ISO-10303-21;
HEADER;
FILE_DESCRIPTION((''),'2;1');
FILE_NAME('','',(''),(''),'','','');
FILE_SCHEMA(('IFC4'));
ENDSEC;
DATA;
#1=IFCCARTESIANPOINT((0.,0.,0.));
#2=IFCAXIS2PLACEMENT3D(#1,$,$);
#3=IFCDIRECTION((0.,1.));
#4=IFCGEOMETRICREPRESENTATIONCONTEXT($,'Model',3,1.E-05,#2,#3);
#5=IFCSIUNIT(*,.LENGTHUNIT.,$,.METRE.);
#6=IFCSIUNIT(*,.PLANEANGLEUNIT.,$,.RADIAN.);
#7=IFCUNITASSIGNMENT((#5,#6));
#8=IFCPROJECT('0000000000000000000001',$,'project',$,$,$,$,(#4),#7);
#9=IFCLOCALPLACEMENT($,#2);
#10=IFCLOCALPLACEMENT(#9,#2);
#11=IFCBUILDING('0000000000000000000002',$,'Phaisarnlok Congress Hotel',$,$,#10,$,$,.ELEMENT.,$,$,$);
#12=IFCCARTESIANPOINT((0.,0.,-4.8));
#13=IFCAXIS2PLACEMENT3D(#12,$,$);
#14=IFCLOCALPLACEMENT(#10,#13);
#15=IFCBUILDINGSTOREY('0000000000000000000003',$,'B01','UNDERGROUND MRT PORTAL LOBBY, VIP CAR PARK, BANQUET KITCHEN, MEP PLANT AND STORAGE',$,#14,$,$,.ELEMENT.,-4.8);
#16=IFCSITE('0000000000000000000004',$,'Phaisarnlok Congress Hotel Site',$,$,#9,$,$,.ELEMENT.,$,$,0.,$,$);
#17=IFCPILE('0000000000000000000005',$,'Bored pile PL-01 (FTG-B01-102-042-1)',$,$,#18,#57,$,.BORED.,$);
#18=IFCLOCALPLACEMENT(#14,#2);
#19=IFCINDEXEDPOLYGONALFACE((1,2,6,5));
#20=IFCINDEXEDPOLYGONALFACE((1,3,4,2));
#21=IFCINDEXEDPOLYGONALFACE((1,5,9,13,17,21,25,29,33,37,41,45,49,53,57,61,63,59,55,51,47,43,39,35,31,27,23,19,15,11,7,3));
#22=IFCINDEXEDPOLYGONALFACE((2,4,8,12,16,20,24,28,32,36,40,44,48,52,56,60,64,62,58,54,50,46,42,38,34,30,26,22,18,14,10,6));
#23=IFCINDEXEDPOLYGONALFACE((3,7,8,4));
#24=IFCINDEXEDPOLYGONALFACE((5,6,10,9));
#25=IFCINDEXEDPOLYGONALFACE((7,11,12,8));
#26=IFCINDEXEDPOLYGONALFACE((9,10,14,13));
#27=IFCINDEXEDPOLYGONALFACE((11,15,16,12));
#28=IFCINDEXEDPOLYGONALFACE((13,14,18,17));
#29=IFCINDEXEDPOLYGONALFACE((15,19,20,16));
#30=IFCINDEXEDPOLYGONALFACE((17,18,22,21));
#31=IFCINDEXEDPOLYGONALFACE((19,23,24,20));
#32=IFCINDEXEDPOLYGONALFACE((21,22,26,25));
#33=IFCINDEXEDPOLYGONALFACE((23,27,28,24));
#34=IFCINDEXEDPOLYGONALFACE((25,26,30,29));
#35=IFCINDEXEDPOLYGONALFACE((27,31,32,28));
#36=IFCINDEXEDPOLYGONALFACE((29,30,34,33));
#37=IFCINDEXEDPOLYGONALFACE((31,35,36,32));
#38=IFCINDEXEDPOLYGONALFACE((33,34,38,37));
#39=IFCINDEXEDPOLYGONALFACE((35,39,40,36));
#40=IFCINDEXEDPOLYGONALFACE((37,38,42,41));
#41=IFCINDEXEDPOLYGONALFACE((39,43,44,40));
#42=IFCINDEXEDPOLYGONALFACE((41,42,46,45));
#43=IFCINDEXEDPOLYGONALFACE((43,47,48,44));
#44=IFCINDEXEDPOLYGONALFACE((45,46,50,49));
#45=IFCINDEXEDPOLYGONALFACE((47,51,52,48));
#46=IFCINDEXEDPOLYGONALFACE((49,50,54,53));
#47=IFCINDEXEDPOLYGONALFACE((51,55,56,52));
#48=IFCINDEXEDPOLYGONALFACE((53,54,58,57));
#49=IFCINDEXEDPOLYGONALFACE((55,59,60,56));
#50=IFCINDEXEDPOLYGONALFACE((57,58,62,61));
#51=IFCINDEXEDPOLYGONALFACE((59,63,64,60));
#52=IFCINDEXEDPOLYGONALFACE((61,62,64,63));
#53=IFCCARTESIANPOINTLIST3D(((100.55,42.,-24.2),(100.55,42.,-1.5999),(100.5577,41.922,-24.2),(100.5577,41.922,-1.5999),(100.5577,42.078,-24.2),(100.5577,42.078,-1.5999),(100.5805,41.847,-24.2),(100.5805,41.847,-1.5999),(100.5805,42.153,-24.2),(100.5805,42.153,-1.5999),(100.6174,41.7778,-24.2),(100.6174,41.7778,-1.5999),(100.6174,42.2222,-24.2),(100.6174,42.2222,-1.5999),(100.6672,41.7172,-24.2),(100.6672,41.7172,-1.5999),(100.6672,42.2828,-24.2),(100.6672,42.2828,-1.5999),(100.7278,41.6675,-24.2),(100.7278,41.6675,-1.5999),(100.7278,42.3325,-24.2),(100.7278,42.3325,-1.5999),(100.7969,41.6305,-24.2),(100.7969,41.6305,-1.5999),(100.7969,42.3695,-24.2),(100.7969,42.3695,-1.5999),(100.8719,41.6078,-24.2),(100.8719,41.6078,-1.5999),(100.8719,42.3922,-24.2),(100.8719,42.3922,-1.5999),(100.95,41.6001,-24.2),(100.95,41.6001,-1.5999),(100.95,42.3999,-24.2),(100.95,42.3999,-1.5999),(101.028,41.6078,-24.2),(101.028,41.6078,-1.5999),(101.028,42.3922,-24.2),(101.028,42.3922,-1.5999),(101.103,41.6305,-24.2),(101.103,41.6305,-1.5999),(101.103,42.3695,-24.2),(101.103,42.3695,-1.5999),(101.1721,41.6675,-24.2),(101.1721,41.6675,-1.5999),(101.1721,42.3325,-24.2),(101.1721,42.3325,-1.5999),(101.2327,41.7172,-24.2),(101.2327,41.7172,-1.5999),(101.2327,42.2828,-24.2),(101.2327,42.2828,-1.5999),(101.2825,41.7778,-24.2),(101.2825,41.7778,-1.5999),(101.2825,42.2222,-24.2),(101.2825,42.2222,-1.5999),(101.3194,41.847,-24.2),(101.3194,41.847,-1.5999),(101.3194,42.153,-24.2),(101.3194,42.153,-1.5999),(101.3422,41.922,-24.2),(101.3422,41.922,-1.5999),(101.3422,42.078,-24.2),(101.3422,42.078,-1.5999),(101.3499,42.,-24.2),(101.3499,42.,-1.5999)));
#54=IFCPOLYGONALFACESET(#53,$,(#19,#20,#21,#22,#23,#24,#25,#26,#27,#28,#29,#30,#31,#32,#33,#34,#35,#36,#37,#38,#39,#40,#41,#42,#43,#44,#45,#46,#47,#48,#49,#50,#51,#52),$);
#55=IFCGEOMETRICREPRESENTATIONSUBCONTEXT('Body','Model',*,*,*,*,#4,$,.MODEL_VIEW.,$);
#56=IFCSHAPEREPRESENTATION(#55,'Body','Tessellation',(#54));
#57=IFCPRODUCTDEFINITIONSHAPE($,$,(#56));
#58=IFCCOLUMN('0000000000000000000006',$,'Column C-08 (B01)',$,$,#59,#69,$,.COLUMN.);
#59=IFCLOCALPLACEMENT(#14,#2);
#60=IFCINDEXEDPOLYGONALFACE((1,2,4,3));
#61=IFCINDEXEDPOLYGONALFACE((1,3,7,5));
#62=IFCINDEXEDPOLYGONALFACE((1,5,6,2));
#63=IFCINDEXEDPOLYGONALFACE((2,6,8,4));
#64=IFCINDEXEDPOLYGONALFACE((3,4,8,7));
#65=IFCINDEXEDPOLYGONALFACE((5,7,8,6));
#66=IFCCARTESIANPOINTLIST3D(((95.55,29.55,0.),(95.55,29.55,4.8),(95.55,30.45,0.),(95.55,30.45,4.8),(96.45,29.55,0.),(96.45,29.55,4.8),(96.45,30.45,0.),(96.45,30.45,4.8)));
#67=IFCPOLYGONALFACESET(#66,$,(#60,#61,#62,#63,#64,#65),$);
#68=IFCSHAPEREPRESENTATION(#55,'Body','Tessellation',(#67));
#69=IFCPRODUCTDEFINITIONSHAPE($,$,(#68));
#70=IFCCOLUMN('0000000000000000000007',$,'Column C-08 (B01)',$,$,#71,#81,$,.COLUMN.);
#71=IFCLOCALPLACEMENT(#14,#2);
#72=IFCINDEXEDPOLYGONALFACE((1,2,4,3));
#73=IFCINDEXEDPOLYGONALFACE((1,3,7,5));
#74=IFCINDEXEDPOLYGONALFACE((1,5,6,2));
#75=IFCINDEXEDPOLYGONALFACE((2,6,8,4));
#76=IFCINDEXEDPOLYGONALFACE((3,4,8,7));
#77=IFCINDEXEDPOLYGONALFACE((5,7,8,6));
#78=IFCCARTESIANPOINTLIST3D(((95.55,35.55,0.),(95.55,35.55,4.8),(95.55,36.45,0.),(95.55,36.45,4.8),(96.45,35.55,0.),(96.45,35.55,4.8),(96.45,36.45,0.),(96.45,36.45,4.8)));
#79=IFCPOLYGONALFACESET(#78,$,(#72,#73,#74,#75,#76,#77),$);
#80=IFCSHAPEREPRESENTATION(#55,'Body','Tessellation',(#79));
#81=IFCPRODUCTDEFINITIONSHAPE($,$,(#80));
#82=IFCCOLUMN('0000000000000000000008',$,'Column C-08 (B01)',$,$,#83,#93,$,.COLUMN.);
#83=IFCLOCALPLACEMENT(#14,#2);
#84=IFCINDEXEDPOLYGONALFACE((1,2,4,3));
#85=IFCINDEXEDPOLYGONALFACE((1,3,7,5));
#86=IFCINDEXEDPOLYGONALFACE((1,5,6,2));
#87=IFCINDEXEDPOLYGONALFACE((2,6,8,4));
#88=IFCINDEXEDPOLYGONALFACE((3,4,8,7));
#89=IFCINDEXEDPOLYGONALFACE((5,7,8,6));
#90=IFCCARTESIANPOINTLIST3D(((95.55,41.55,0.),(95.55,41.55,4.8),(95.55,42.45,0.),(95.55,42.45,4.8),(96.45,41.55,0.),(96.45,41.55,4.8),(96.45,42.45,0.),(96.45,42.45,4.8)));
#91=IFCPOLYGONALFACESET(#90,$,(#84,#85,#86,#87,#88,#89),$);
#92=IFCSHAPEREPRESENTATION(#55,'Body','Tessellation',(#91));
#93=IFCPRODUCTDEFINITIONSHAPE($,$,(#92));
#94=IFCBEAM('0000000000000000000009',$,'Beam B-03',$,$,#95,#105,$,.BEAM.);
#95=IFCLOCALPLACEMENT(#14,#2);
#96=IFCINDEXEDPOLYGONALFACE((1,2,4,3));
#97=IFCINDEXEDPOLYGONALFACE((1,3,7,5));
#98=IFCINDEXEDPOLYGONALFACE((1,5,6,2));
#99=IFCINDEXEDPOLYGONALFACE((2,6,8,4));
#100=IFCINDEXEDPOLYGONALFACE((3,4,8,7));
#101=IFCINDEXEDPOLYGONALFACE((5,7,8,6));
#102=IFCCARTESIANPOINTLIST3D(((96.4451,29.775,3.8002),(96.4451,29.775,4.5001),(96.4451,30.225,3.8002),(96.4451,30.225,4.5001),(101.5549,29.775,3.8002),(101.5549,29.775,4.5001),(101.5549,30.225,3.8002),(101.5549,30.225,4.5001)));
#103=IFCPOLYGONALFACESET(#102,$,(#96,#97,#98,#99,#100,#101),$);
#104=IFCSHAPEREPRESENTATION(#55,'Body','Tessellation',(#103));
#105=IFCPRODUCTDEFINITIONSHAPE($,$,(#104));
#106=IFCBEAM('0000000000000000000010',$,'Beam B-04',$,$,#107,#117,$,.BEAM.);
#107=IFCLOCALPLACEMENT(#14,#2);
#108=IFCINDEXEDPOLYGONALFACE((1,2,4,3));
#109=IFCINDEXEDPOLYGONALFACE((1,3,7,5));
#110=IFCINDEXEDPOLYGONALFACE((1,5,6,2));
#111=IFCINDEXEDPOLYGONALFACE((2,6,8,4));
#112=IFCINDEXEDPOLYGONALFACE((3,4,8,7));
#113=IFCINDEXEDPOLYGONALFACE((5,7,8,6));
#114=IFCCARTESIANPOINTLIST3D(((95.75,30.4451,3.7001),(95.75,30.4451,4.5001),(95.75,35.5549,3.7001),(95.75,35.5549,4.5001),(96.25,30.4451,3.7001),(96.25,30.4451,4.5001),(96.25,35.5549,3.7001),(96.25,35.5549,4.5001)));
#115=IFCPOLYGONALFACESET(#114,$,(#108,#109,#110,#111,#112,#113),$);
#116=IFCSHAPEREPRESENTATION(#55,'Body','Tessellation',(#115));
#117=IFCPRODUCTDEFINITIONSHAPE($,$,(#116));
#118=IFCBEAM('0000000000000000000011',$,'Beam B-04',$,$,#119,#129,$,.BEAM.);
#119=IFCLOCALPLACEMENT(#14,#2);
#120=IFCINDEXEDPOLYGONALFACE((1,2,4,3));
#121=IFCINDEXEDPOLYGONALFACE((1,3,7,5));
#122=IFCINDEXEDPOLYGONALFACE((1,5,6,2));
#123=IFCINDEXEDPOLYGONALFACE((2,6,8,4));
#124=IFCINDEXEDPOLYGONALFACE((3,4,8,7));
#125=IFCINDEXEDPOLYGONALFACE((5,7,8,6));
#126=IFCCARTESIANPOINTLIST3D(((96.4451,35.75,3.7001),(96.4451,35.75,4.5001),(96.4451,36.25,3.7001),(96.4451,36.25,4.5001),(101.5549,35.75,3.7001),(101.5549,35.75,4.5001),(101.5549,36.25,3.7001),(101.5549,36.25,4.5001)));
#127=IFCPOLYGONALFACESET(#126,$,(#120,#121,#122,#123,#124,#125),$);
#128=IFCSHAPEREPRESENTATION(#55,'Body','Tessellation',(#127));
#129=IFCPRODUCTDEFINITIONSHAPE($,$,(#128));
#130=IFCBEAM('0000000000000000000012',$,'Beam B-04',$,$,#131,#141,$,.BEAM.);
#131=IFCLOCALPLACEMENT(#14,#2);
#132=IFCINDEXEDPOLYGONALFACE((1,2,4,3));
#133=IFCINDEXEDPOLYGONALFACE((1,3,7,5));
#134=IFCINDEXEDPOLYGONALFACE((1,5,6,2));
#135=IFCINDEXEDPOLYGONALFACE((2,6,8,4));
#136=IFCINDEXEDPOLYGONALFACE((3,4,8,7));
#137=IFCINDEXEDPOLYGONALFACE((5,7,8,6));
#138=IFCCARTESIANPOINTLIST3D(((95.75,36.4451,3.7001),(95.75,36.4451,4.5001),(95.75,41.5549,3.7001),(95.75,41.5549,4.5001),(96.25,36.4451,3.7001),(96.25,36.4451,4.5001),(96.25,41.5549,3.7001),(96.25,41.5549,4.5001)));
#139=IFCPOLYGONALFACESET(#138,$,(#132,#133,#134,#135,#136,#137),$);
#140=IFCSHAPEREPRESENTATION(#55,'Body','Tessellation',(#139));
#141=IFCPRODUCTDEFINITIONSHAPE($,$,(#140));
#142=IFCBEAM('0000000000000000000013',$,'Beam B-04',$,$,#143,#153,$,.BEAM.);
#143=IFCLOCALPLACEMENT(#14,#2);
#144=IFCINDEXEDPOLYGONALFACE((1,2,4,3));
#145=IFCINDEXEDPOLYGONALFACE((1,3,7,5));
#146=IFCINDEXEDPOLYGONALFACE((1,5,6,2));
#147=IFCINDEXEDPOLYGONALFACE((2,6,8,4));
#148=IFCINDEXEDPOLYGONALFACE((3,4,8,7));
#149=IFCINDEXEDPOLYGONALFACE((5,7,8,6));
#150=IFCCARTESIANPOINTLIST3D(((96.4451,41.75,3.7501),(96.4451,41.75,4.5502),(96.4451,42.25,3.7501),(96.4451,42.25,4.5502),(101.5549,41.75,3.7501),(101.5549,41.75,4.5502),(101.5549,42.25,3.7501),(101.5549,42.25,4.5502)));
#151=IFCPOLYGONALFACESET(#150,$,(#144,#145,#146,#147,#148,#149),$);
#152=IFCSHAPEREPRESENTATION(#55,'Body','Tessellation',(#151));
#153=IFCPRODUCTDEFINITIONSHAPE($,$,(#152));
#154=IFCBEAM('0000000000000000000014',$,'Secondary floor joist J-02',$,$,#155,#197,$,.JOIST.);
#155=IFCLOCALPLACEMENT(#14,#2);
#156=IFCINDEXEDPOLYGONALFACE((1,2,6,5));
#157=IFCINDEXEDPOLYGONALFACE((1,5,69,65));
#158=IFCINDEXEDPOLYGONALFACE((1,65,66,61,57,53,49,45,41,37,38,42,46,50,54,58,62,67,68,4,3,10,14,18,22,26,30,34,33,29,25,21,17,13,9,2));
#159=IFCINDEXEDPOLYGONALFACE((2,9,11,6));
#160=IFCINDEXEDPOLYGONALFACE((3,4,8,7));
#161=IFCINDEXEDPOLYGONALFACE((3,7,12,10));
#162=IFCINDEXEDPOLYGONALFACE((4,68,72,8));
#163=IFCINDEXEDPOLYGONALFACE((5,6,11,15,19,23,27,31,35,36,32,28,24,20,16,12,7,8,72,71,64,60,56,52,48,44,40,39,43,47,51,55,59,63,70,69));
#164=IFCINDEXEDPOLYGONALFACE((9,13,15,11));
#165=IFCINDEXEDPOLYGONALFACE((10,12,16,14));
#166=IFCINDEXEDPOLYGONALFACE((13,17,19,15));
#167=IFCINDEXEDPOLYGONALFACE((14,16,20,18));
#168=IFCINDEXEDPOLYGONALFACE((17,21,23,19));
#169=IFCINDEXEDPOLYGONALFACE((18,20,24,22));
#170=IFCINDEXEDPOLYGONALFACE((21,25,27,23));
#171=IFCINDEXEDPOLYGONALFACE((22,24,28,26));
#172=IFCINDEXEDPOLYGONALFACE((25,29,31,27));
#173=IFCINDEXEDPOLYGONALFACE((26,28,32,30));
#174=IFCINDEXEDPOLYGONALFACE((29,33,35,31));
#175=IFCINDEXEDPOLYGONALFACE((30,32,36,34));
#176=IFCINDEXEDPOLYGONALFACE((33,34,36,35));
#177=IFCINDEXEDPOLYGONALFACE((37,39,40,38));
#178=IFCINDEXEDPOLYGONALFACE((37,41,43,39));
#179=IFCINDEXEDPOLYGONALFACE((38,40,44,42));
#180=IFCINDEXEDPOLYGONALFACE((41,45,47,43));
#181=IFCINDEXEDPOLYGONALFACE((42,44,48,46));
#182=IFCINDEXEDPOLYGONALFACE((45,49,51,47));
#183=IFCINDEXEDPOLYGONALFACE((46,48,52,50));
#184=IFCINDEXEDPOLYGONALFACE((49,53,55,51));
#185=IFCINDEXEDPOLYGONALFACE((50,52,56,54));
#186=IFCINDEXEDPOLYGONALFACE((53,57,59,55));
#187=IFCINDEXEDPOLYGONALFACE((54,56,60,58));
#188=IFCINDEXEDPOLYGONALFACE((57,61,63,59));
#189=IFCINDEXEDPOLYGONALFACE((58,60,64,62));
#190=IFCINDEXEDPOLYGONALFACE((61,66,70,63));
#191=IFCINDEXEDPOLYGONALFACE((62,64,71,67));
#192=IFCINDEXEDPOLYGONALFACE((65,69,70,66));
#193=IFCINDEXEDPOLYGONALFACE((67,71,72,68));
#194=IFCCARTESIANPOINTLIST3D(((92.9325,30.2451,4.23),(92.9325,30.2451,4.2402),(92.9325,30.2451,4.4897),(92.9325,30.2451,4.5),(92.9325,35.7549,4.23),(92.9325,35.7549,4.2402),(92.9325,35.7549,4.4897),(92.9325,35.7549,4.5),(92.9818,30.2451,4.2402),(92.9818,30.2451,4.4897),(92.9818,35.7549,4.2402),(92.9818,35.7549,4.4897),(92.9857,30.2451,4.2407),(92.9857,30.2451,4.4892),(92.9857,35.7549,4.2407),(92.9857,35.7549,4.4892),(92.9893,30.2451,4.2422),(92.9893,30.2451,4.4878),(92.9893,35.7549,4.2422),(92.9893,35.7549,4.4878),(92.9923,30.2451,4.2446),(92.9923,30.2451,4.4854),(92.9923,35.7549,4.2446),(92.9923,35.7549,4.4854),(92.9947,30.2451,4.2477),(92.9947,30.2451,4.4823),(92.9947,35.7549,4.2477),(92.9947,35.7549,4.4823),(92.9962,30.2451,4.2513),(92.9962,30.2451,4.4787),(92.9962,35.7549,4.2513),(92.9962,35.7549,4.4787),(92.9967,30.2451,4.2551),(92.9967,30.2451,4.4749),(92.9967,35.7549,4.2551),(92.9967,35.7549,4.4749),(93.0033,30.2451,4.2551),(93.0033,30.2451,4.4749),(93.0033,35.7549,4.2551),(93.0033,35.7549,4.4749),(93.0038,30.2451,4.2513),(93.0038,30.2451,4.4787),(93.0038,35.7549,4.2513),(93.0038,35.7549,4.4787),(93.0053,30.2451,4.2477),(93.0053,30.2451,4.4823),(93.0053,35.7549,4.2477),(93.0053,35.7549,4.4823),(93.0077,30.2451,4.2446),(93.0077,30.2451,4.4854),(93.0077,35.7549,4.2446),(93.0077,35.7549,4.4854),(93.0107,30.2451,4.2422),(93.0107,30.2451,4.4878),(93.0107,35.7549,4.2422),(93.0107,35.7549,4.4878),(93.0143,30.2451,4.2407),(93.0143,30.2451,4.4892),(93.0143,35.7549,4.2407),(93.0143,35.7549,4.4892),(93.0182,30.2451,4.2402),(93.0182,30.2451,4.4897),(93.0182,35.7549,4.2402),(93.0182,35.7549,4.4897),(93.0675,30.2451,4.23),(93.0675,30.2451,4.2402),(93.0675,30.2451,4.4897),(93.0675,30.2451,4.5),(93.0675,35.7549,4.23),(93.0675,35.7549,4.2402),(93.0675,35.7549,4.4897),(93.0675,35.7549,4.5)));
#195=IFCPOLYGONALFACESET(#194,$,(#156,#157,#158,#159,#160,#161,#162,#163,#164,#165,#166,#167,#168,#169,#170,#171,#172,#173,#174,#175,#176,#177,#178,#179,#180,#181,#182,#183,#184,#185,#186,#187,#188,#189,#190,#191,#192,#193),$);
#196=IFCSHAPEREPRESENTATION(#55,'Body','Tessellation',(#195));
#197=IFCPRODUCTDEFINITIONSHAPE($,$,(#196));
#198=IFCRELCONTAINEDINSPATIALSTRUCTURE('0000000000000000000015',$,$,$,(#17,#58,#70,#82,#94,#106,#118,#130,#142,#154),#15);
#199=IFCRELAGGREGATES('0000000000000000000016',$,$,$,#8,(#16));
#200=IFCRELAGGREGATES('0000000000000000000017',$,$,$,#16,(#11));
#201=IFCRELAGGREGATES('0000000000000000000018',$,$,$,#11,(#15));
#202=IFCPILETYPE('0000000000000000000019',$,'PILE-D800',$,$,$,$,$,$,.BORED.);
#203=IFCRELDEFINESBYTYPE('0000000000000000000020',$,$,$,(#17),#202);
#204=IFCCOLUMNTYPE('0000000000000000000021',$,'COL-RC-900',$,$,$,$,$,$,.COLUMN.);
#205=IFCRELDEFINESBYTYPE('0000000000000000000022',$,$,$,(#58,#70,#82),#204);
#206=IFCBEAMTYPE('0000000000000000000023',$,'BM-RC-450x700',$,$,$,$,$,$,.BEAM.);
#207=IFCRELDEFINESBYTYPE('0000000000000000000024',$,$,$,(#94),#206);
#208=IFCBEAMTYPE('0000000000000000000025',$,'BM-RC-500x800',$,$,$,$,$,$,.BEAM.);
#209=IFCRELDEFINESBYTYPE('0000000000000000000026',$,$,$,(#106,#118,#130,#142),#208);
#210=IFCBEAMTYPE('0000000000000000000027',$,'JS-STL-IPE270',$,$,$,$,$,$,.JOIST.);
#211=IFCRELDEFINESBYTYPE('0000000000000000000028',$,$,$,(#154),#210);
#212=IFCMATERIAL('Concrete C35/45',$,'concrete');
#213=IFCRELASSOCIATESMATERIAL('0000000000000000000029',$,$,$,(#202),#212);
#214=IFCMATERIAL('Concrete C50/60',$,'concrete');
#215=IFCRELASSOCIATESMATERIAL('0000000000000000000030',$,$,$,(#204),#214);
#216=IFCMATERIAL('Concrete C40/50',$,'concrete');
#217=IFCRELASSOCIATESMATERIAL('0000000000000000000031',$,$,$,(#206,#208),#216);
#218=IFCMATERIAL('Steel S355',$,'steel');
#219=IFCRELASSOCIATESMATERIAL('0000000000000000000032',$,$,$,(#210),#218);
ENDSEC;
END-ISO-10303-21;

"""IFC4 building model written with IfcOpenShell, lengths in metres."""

from ifc_helpers import new_model, si_unit, direction, frame, origin, origin_2d, place, context, subcontext, project, spatial, rectangle, circle, i_section, extrude, material, material_profile, profile_set, type_object, element, save


model = new_model("IFC4")

# Units and contexts
model_context = context("Model", 3, precision=1e-05, world=origin(), true_north=direction((0.0, 1.0)))
body_context = subcontext(model_context, "Body", "Model", "MODEL_VIEW")
ifc_project = project(units=[si_unit("LENGTHUNIT", "METRE"), si_unit("PLANEANGLEUNIT", "RADIAN")], contexts=[model_context])

# Site, building, storey
site_placement = place(None, origin())
site = spatial("IfcSite", under=ifc_project, at=site_placement, Name="Phaisarnlok Congress Hotel Site", CompositionType="ELEMENT", RefElevation=0.0)
building_placement = place(site_placement, origin())
building = spatial("IfcBuilding", under=site, at=building_placement, Name="Phaisarnlok Congress Hotel", CompositionType="ELEMENT")
storey_placement = place(building_placement, frame((0.0, 0.0, -4.8)))
storey = spatial("IfcBuildingStorey", under=building, at=storey_placement, Name="B01", Description="UNDERGROUND MRT PORTAL LOBBY, VIP CAR PARK, BANQUET KITCHEN, MEP PLANT AND STORAGE", CompositionType="ELEMENT", Elevation=-4.8)

# Shared definitions
ifc_material_1 = material(Name="Concrete C40/50", Category="concrete")

# Pile
ifc_material_2 = material(Name="Concrete C35/45", Category="concrete")
ifc_material_profile_1 = material_profile(ifc_material_2, circle(Radius=0.3999, at=origin_2d()), Name="BORED PILE D800")
ifc_profile_set_1 = profile_set([ifc_material_profile_1], Name="Concrete C35/45")
pile_type_1 = type_object("IfcPileType", Name="PILE-D800", PredefinedType="BORED", material=ifc_profile_set_1)
pile_placement = place(storey_placement, frame((100.95, 42.0, -1.5999), z_axis=(0.0, 0.0, -1.0), x_axis=(1.0, 0.0, 0.0)))
element("IfcPile", 1, at=pile_placement, inside=storey, type_object=pile_type_1, Name="Bored pile PL-01 (FTG-B01-102-042-1)", PredefinedType="BORED", context=body_context, shape_type="SweptSolid", body=[
    extrude(circle(Radius=0.3999, at=origin_2d()), origin(), (0.0, 0.0, 1.0), 22.6001),
])

# Columns
ifc_material_3 = material(Name="Concrete C50/60", Category="concrete")
ifc_material_profile_2 = material_profile(ifc_material_3, rectangle(XDim=0.8999, YDim=0.8999, at=origin_2d()), Name="RC 900x900")
ifc_profile_set_2 = profile_set([ifc_material_profile_2], Name="Concrete C50/60")
column_type = type_object("IfcColumnType", Name="COL-RC-900", PredefinedType="COLUMN", material=ifc_profile_set_2)
for number, where, z_axis, x_axis, name in (
    (2, (96.0, 30.0, 0.0), (0.0, 0.0, 1.0), (1.0, 0.0, 0.0), "Column C-08 (B01)"),
    (3, (96.0, 36.0, 0.0), (0.0, 0.0, 1.0), (1.0, 0.0, 0.0), "Column C-08 (B01)"),
    (4, (96.0, 42.0, 0.0), (0.0, 0.0, 1.0), (1.0, 0.0, 0.0), "Column C-08 (B01)"),
):
    element("IfcColumn", number, at=place(storey_placement, frame(where, z_axis=z_axis, x_axis=x_axis)), inside=storey, type_object=column_type, Name=name, PredefinedType="COLUMN", context=body_context, shape_type="SweptSolid", body=[
        extrude(rectangle(XDim=0.8999, YDim=0.8999, at=origin_2d()), origin(), (0.0, 0.0, 1.0), 4.8),
    ])

# Beams
ifc_material_profile_3 = material_profile(ifc_material_1, rectangle(XDim=0.45, YDim=0.7, at=origin_2d()), Name="RC 450x700")
ifc_profile_set_3 = profile_set([ifc_material_profile_3], Name="Concrete C40/50")
beam_type_1 = type_object("IfcBeamType", Name="BM-RC-450x700", PredefinedType="BEAM", material=ifc_profile_set_3)
beam_1_placement = place(storey_placement, frame((96.4451, 30.0, 4.1501), z_axis=(1.0, 0.0, 0.0), x_axis=(0.0, 1.0, 0.0)))
element("IfcBeam", 5, at=beam_1_placement, inside=storey, type_object=beam_type_1, Name="Beam B-03", PredefinedType="BEAM", context=body_context, shape_type="SweptSolid", body=[
    extrude(rectangle(XDim=0.45, YDim=0.7, at=origin_2d()), origin(), (0.0, 0.0, 1.0), 5.1099),
])
ifc_material_profile_4 = material_profile(ifc_material_1, rectangle(XDim=0.5, YDim=0.8, at=origin_2d()), Name="RC 500x800")
ifc_profile_set_4 = profile_set([ifc_material_profile_4], Name="Concrete C40/50")
beam_type_2 = type_object("IfcBeamType", Name="BM-RC-500x800", PredefinedType="BEAM", material=ifc_profile_set_4)
for number, where, z_axis, x_axis, name in (
    (6, (96.0, 30.4451, 4.1001), (0.0, 1.0, 0.0), (-1.0, 0.0, 0.0), "Beam B-04"),
    (7, (96.4451, 36.0, 4.1001), (1.0, 0.0, 0.0), (0.0, 1.0, 0.0), "Beam B-04"),
    (8, (96.0, 36.4451, 4.1001), (0.0, 1.0, 0.0), (-1.0, 0.0, 0.0), "Beam B-04"),
    (9, (96.4451, 42.0, 4.1501), (1.0, 0.0, 0.0), (0.0, 1.0, 0.0), "Beam B-04"),
):
    element("IfcBeam", number, at=place(storey_placement, frame(where, z_axis=z_axis, x_axis=x_axis)), inside=storey, type_object=beam_type_2, Name=name, PredefinedType="BEAM", context=body_context, shape_type="SweptSolid", body=[
        extrude(rectangle(XDim=0.5, YDim=0.8, at=origin_2d()), origin(), (0.0, 0.0, 1.0), 5.1099),
    ])
ifc_material_4 = material(Name="Steel S355", Category="steel")
ifc_material_profile_5 = material_profile(ifc_material_4, i_section(OverallWidth=0.135, OverallDepth=0.27, WebThickness=0.0066, FlangeThickness=0.0103, FilletRadius=0.0149, at=origin_2d()), Name="IPE 270")
ifc_profile_set_5 = profile_set([ifc_material_profile_5], Name="Steel S355")
beam_type_3 = type_object("IfcBeamType", Name="JS-STL-IPE270", PredefinedType="JOIST", material=ifc_profile_set_5)
for number, where, z_axis, x_axis, name in (
    (10, (93.0, 30.2451, 4.365), (0.0, 1.0, 0.0), (-1.0, 0.0, 0.0), "Secondary floor joist J-02"),
):
    element("IfcBeam", number, at=place(storey_placement, frame(where, z_axis=z_axis, x_axis=x_axis)), inside=storey, type_object=beam_type_3, Name=name, PredefinedType="JOIST", context=body_context, shape_type="SweptSolid", body=[
        extrude(i_section(OverallWidth=0.135, OverallDepth=0.27, WebThickness=0.0066, FlangeThickness=0.0103, FilletRadius=0.0149, at=origin_2d()), origin(), (0.0, 0.0, 1.0), 5.5098),
    ])

save(model, "model.ifc")
